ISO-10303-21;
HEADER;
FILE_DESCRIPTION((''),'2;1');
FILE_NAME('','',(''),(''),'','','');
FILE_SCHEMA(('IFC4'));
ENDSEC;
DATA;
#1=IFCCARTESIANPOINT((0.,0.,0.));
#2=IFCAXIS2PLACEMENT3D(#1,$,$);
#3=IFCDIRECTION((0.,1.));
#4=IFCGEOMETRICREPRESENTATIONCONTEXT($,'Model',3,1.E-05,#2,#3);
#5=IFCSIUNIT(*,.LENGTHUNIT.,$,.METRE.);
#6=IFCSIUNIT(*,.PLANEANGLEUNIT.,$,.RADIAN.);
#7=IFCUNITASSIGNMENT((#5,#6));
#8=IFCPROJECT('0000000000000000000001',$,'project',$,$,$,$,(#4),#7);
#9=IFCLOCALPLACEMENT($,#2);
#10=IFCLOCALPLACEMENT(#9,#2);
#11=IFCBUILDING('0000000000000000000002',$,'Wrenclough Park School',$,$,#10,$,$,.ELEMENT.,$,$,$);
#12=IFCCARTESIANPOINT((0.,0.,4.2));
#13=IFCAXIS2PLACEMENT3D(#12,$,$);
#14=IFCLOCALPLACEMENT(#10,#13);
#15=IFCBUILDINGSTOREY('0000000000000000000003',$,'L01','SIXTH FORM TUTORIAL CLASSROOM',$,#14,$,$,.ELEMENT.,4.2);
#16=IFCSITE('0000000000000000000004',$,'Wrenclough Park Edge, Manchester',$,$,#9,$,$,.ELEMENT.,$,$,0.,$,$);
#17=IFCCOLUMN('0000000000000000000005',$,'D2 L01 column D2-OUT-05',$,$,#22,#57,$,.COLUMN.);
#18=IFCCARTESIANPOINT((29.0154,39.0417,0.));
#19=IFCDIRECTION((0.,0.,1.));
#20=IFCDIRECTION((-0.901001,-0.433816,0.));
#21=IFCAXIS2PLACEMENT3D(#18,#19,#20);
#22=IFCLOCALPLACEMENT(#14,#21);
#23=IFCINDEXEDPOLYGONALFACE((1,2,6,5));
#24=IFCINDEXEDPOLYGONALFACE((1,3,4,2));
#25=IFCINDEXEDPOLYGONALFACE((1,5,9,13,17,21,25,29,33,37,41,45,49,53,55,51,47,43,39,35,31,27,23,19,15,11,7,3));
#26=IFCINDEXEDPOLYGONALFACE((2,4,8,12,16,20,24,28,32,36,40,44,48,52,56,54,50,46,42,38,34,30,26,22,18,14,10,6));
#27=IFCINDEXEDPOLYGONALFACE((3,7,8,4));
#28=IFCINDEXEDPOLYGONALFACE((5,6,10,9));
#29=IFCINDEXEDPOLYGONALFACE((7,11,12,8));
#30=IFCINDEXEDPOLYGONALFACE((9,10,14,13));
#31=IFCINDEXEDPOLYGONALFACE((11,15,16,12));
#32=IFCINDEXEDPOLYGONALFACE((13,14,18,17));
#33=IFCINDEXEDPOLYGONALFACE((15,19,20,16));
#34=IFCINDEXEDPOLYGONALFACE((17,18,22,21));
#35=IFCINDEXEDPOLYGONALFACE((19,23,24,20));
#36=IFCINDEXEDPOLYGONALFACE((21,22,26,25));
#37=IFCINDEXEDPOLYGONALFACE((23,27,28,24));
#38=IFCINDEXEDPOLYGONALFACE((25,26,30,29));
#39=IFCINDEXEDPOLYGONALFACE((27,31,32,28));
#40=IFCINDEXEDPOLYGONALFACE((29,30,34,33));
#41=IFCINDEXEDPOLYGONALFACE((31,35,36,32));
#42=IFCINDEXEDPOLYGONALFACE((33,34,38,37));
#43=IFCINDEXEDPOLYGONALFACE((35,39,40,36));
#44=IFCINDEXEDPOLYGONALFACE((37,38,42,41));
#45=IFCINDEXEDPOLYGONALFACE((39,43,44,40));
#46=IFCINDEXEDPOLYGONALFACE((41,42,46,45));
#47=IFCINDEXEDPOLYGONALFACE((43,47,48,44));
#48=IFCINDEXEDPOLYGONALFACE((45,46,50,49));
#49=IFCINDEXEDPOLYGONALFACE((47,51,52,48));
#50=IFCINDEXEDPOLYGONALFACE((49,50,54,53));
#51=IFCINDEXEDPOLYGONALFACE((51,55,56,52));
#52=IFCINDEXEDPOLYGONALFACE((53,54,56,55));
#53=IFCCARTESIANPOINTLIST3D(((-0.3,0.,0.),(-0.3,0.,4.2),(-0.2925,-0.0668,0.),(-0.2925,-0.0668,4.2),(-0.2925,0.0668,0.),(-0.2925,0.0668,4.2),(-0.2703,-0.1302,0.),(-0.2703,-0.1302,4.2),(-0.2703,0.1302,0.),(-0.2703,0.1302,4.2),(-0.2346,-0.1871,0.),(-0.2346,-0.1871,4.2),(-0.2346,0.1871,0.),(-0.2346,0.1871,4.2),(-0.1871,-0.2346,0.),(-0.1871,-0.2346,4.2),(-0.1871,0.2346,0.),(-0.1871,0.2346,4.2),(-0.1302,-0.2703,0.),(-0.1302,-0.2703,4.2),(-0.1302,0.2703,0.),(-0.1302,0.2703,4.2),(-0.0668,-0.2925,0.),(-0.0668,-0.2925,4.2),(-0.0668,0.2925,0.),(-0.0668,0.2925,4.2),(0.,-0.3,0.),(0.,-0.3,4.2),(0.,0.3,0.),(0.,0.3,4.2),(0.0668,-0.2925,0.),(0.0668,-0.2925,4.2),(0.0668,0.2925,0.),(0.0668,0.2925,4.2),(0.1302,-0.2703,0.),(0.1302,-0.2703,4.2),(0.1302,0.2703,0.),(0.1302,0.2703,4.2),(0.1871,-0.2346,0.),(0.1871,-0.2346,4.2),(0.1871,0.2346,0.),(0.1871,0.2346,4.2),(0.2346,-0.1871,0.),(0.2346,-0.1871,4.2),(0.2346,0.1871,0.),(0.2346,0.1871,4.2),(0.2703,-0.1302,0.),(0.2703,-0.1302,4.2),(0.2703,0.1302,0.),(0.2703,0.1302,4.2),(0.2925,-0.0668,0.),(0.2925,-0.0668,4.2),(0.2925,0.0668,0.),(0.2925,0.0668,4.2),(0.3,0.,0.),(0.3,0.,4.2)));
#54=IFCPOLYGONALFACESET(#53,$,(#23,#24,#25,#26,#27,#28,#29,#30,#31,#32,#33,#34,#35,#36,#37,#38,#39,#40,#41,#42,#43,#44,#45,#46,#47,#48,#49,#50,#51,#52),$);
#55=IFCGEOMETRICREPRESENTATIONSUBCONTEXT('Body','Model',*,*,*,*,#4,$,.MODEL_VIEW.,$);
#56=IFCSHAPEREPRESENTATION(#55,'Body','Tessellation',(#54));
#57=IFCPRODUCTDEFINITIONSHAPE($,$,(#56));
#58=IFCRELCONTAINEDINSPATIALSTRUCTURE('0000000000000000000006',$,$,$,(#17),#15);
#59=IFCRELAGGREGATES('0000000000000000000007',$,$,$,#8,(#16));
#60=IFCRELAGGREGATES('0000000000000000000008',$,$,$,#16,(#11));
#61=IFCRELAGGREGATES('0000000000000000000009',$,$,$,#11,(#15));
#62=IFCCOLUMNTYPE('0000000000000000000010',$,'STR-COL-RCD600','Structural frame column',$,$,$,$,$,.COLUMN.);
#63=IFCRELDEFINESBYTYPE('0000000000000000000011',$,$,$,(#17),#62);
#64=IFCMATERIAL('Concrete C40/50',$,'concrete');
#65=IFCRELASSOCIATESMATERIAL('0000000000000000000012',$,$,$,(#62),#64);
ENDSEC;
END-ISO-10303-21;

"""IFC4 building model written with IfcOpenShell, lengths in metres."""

from ifc_helpers import new_model, si_unit, direction, frame, origin, origin_2d, place, context, subcontext, project, spatial, circle, extrude, material, material_profile, profile_set, type_object, element, save


model = new_model("IFC4")

# Units and contexts
model_context = context("Model", 3, precision=1e-05, world=origin(), true_north=direction((0.0, 1.0)))
body_context = subcontext(model_context, "Body", "Model", "MODEL_VIEW")
ifc_project = project(units=[si_unit("LENGTHUNIT", "METRE"), si_unit("PLANEANGLEUNIT", "RADIAN")], contexts=[model_context])

# Site, building, storey
site_placement = place(None, origin())
site = spatial("IfcSite", under=ifc_project, at=site_placement, Name="Wrenclough Park Edge, Manchester", CompositionType="ELEMENT", RefElevation=0.0)
building_placement = place(site_placement, origin())
building = spatial("IfcBuilding", under=site, at=building_placement, Name="Wrenclough Park School", CompositionType="ELEMENT")
storey_placement = place(building_placement, frame((0.0, 0.0, 4.2)))
storey = spatial("IfcBuildingStorey", under=building, at=storey_placement, Name="L01", Description="SIXTH FORM TUTORIAL CLASSROOM", CompositionType="ELEMENT", Elevation=4.2)

# Column
ifc_material_1 = material(Name="Concrete C40/50", Category="concrete")
ifc_material_profile_1 = material_profile(ifc_material_1, circle(Radius=0.3, at=origin_2d()), Name="RC COL D600")
ifc_profile_set_1 = profile_set([ifc_material_profile_1], Name="Concrete C40/50")
column_type = type_object("IfcColumnType", Name="STR-COL-RCD600", Description="Structural frame column", PredefinedType="COLUMN", material=ifc_profile_set_1)
for number, where, z_axis, x_axis, name in (
    (1, (29.0154, 39.0417, 0.0), (0.0, 0.0, 1.0), (-0.901001, -0.433816, 0.0), "D2 L01 column D2-OUT-05"),
):
    element("IfcColumn", number, at=place(storey_placement, frame(where, z_axis=z_axis, x_axis=x_axis)), inside=storey, type_object=column_type, Name=name, PredefinedType="COLUMN", context=body_context, shape_type="SweptSolid", body=[
        extrude(circle(Radius=0.3, at=origin_2d()), origin(), (0.0, 0.0, 1.0), 4.2),
    ])

save(model, "model.ifc")
